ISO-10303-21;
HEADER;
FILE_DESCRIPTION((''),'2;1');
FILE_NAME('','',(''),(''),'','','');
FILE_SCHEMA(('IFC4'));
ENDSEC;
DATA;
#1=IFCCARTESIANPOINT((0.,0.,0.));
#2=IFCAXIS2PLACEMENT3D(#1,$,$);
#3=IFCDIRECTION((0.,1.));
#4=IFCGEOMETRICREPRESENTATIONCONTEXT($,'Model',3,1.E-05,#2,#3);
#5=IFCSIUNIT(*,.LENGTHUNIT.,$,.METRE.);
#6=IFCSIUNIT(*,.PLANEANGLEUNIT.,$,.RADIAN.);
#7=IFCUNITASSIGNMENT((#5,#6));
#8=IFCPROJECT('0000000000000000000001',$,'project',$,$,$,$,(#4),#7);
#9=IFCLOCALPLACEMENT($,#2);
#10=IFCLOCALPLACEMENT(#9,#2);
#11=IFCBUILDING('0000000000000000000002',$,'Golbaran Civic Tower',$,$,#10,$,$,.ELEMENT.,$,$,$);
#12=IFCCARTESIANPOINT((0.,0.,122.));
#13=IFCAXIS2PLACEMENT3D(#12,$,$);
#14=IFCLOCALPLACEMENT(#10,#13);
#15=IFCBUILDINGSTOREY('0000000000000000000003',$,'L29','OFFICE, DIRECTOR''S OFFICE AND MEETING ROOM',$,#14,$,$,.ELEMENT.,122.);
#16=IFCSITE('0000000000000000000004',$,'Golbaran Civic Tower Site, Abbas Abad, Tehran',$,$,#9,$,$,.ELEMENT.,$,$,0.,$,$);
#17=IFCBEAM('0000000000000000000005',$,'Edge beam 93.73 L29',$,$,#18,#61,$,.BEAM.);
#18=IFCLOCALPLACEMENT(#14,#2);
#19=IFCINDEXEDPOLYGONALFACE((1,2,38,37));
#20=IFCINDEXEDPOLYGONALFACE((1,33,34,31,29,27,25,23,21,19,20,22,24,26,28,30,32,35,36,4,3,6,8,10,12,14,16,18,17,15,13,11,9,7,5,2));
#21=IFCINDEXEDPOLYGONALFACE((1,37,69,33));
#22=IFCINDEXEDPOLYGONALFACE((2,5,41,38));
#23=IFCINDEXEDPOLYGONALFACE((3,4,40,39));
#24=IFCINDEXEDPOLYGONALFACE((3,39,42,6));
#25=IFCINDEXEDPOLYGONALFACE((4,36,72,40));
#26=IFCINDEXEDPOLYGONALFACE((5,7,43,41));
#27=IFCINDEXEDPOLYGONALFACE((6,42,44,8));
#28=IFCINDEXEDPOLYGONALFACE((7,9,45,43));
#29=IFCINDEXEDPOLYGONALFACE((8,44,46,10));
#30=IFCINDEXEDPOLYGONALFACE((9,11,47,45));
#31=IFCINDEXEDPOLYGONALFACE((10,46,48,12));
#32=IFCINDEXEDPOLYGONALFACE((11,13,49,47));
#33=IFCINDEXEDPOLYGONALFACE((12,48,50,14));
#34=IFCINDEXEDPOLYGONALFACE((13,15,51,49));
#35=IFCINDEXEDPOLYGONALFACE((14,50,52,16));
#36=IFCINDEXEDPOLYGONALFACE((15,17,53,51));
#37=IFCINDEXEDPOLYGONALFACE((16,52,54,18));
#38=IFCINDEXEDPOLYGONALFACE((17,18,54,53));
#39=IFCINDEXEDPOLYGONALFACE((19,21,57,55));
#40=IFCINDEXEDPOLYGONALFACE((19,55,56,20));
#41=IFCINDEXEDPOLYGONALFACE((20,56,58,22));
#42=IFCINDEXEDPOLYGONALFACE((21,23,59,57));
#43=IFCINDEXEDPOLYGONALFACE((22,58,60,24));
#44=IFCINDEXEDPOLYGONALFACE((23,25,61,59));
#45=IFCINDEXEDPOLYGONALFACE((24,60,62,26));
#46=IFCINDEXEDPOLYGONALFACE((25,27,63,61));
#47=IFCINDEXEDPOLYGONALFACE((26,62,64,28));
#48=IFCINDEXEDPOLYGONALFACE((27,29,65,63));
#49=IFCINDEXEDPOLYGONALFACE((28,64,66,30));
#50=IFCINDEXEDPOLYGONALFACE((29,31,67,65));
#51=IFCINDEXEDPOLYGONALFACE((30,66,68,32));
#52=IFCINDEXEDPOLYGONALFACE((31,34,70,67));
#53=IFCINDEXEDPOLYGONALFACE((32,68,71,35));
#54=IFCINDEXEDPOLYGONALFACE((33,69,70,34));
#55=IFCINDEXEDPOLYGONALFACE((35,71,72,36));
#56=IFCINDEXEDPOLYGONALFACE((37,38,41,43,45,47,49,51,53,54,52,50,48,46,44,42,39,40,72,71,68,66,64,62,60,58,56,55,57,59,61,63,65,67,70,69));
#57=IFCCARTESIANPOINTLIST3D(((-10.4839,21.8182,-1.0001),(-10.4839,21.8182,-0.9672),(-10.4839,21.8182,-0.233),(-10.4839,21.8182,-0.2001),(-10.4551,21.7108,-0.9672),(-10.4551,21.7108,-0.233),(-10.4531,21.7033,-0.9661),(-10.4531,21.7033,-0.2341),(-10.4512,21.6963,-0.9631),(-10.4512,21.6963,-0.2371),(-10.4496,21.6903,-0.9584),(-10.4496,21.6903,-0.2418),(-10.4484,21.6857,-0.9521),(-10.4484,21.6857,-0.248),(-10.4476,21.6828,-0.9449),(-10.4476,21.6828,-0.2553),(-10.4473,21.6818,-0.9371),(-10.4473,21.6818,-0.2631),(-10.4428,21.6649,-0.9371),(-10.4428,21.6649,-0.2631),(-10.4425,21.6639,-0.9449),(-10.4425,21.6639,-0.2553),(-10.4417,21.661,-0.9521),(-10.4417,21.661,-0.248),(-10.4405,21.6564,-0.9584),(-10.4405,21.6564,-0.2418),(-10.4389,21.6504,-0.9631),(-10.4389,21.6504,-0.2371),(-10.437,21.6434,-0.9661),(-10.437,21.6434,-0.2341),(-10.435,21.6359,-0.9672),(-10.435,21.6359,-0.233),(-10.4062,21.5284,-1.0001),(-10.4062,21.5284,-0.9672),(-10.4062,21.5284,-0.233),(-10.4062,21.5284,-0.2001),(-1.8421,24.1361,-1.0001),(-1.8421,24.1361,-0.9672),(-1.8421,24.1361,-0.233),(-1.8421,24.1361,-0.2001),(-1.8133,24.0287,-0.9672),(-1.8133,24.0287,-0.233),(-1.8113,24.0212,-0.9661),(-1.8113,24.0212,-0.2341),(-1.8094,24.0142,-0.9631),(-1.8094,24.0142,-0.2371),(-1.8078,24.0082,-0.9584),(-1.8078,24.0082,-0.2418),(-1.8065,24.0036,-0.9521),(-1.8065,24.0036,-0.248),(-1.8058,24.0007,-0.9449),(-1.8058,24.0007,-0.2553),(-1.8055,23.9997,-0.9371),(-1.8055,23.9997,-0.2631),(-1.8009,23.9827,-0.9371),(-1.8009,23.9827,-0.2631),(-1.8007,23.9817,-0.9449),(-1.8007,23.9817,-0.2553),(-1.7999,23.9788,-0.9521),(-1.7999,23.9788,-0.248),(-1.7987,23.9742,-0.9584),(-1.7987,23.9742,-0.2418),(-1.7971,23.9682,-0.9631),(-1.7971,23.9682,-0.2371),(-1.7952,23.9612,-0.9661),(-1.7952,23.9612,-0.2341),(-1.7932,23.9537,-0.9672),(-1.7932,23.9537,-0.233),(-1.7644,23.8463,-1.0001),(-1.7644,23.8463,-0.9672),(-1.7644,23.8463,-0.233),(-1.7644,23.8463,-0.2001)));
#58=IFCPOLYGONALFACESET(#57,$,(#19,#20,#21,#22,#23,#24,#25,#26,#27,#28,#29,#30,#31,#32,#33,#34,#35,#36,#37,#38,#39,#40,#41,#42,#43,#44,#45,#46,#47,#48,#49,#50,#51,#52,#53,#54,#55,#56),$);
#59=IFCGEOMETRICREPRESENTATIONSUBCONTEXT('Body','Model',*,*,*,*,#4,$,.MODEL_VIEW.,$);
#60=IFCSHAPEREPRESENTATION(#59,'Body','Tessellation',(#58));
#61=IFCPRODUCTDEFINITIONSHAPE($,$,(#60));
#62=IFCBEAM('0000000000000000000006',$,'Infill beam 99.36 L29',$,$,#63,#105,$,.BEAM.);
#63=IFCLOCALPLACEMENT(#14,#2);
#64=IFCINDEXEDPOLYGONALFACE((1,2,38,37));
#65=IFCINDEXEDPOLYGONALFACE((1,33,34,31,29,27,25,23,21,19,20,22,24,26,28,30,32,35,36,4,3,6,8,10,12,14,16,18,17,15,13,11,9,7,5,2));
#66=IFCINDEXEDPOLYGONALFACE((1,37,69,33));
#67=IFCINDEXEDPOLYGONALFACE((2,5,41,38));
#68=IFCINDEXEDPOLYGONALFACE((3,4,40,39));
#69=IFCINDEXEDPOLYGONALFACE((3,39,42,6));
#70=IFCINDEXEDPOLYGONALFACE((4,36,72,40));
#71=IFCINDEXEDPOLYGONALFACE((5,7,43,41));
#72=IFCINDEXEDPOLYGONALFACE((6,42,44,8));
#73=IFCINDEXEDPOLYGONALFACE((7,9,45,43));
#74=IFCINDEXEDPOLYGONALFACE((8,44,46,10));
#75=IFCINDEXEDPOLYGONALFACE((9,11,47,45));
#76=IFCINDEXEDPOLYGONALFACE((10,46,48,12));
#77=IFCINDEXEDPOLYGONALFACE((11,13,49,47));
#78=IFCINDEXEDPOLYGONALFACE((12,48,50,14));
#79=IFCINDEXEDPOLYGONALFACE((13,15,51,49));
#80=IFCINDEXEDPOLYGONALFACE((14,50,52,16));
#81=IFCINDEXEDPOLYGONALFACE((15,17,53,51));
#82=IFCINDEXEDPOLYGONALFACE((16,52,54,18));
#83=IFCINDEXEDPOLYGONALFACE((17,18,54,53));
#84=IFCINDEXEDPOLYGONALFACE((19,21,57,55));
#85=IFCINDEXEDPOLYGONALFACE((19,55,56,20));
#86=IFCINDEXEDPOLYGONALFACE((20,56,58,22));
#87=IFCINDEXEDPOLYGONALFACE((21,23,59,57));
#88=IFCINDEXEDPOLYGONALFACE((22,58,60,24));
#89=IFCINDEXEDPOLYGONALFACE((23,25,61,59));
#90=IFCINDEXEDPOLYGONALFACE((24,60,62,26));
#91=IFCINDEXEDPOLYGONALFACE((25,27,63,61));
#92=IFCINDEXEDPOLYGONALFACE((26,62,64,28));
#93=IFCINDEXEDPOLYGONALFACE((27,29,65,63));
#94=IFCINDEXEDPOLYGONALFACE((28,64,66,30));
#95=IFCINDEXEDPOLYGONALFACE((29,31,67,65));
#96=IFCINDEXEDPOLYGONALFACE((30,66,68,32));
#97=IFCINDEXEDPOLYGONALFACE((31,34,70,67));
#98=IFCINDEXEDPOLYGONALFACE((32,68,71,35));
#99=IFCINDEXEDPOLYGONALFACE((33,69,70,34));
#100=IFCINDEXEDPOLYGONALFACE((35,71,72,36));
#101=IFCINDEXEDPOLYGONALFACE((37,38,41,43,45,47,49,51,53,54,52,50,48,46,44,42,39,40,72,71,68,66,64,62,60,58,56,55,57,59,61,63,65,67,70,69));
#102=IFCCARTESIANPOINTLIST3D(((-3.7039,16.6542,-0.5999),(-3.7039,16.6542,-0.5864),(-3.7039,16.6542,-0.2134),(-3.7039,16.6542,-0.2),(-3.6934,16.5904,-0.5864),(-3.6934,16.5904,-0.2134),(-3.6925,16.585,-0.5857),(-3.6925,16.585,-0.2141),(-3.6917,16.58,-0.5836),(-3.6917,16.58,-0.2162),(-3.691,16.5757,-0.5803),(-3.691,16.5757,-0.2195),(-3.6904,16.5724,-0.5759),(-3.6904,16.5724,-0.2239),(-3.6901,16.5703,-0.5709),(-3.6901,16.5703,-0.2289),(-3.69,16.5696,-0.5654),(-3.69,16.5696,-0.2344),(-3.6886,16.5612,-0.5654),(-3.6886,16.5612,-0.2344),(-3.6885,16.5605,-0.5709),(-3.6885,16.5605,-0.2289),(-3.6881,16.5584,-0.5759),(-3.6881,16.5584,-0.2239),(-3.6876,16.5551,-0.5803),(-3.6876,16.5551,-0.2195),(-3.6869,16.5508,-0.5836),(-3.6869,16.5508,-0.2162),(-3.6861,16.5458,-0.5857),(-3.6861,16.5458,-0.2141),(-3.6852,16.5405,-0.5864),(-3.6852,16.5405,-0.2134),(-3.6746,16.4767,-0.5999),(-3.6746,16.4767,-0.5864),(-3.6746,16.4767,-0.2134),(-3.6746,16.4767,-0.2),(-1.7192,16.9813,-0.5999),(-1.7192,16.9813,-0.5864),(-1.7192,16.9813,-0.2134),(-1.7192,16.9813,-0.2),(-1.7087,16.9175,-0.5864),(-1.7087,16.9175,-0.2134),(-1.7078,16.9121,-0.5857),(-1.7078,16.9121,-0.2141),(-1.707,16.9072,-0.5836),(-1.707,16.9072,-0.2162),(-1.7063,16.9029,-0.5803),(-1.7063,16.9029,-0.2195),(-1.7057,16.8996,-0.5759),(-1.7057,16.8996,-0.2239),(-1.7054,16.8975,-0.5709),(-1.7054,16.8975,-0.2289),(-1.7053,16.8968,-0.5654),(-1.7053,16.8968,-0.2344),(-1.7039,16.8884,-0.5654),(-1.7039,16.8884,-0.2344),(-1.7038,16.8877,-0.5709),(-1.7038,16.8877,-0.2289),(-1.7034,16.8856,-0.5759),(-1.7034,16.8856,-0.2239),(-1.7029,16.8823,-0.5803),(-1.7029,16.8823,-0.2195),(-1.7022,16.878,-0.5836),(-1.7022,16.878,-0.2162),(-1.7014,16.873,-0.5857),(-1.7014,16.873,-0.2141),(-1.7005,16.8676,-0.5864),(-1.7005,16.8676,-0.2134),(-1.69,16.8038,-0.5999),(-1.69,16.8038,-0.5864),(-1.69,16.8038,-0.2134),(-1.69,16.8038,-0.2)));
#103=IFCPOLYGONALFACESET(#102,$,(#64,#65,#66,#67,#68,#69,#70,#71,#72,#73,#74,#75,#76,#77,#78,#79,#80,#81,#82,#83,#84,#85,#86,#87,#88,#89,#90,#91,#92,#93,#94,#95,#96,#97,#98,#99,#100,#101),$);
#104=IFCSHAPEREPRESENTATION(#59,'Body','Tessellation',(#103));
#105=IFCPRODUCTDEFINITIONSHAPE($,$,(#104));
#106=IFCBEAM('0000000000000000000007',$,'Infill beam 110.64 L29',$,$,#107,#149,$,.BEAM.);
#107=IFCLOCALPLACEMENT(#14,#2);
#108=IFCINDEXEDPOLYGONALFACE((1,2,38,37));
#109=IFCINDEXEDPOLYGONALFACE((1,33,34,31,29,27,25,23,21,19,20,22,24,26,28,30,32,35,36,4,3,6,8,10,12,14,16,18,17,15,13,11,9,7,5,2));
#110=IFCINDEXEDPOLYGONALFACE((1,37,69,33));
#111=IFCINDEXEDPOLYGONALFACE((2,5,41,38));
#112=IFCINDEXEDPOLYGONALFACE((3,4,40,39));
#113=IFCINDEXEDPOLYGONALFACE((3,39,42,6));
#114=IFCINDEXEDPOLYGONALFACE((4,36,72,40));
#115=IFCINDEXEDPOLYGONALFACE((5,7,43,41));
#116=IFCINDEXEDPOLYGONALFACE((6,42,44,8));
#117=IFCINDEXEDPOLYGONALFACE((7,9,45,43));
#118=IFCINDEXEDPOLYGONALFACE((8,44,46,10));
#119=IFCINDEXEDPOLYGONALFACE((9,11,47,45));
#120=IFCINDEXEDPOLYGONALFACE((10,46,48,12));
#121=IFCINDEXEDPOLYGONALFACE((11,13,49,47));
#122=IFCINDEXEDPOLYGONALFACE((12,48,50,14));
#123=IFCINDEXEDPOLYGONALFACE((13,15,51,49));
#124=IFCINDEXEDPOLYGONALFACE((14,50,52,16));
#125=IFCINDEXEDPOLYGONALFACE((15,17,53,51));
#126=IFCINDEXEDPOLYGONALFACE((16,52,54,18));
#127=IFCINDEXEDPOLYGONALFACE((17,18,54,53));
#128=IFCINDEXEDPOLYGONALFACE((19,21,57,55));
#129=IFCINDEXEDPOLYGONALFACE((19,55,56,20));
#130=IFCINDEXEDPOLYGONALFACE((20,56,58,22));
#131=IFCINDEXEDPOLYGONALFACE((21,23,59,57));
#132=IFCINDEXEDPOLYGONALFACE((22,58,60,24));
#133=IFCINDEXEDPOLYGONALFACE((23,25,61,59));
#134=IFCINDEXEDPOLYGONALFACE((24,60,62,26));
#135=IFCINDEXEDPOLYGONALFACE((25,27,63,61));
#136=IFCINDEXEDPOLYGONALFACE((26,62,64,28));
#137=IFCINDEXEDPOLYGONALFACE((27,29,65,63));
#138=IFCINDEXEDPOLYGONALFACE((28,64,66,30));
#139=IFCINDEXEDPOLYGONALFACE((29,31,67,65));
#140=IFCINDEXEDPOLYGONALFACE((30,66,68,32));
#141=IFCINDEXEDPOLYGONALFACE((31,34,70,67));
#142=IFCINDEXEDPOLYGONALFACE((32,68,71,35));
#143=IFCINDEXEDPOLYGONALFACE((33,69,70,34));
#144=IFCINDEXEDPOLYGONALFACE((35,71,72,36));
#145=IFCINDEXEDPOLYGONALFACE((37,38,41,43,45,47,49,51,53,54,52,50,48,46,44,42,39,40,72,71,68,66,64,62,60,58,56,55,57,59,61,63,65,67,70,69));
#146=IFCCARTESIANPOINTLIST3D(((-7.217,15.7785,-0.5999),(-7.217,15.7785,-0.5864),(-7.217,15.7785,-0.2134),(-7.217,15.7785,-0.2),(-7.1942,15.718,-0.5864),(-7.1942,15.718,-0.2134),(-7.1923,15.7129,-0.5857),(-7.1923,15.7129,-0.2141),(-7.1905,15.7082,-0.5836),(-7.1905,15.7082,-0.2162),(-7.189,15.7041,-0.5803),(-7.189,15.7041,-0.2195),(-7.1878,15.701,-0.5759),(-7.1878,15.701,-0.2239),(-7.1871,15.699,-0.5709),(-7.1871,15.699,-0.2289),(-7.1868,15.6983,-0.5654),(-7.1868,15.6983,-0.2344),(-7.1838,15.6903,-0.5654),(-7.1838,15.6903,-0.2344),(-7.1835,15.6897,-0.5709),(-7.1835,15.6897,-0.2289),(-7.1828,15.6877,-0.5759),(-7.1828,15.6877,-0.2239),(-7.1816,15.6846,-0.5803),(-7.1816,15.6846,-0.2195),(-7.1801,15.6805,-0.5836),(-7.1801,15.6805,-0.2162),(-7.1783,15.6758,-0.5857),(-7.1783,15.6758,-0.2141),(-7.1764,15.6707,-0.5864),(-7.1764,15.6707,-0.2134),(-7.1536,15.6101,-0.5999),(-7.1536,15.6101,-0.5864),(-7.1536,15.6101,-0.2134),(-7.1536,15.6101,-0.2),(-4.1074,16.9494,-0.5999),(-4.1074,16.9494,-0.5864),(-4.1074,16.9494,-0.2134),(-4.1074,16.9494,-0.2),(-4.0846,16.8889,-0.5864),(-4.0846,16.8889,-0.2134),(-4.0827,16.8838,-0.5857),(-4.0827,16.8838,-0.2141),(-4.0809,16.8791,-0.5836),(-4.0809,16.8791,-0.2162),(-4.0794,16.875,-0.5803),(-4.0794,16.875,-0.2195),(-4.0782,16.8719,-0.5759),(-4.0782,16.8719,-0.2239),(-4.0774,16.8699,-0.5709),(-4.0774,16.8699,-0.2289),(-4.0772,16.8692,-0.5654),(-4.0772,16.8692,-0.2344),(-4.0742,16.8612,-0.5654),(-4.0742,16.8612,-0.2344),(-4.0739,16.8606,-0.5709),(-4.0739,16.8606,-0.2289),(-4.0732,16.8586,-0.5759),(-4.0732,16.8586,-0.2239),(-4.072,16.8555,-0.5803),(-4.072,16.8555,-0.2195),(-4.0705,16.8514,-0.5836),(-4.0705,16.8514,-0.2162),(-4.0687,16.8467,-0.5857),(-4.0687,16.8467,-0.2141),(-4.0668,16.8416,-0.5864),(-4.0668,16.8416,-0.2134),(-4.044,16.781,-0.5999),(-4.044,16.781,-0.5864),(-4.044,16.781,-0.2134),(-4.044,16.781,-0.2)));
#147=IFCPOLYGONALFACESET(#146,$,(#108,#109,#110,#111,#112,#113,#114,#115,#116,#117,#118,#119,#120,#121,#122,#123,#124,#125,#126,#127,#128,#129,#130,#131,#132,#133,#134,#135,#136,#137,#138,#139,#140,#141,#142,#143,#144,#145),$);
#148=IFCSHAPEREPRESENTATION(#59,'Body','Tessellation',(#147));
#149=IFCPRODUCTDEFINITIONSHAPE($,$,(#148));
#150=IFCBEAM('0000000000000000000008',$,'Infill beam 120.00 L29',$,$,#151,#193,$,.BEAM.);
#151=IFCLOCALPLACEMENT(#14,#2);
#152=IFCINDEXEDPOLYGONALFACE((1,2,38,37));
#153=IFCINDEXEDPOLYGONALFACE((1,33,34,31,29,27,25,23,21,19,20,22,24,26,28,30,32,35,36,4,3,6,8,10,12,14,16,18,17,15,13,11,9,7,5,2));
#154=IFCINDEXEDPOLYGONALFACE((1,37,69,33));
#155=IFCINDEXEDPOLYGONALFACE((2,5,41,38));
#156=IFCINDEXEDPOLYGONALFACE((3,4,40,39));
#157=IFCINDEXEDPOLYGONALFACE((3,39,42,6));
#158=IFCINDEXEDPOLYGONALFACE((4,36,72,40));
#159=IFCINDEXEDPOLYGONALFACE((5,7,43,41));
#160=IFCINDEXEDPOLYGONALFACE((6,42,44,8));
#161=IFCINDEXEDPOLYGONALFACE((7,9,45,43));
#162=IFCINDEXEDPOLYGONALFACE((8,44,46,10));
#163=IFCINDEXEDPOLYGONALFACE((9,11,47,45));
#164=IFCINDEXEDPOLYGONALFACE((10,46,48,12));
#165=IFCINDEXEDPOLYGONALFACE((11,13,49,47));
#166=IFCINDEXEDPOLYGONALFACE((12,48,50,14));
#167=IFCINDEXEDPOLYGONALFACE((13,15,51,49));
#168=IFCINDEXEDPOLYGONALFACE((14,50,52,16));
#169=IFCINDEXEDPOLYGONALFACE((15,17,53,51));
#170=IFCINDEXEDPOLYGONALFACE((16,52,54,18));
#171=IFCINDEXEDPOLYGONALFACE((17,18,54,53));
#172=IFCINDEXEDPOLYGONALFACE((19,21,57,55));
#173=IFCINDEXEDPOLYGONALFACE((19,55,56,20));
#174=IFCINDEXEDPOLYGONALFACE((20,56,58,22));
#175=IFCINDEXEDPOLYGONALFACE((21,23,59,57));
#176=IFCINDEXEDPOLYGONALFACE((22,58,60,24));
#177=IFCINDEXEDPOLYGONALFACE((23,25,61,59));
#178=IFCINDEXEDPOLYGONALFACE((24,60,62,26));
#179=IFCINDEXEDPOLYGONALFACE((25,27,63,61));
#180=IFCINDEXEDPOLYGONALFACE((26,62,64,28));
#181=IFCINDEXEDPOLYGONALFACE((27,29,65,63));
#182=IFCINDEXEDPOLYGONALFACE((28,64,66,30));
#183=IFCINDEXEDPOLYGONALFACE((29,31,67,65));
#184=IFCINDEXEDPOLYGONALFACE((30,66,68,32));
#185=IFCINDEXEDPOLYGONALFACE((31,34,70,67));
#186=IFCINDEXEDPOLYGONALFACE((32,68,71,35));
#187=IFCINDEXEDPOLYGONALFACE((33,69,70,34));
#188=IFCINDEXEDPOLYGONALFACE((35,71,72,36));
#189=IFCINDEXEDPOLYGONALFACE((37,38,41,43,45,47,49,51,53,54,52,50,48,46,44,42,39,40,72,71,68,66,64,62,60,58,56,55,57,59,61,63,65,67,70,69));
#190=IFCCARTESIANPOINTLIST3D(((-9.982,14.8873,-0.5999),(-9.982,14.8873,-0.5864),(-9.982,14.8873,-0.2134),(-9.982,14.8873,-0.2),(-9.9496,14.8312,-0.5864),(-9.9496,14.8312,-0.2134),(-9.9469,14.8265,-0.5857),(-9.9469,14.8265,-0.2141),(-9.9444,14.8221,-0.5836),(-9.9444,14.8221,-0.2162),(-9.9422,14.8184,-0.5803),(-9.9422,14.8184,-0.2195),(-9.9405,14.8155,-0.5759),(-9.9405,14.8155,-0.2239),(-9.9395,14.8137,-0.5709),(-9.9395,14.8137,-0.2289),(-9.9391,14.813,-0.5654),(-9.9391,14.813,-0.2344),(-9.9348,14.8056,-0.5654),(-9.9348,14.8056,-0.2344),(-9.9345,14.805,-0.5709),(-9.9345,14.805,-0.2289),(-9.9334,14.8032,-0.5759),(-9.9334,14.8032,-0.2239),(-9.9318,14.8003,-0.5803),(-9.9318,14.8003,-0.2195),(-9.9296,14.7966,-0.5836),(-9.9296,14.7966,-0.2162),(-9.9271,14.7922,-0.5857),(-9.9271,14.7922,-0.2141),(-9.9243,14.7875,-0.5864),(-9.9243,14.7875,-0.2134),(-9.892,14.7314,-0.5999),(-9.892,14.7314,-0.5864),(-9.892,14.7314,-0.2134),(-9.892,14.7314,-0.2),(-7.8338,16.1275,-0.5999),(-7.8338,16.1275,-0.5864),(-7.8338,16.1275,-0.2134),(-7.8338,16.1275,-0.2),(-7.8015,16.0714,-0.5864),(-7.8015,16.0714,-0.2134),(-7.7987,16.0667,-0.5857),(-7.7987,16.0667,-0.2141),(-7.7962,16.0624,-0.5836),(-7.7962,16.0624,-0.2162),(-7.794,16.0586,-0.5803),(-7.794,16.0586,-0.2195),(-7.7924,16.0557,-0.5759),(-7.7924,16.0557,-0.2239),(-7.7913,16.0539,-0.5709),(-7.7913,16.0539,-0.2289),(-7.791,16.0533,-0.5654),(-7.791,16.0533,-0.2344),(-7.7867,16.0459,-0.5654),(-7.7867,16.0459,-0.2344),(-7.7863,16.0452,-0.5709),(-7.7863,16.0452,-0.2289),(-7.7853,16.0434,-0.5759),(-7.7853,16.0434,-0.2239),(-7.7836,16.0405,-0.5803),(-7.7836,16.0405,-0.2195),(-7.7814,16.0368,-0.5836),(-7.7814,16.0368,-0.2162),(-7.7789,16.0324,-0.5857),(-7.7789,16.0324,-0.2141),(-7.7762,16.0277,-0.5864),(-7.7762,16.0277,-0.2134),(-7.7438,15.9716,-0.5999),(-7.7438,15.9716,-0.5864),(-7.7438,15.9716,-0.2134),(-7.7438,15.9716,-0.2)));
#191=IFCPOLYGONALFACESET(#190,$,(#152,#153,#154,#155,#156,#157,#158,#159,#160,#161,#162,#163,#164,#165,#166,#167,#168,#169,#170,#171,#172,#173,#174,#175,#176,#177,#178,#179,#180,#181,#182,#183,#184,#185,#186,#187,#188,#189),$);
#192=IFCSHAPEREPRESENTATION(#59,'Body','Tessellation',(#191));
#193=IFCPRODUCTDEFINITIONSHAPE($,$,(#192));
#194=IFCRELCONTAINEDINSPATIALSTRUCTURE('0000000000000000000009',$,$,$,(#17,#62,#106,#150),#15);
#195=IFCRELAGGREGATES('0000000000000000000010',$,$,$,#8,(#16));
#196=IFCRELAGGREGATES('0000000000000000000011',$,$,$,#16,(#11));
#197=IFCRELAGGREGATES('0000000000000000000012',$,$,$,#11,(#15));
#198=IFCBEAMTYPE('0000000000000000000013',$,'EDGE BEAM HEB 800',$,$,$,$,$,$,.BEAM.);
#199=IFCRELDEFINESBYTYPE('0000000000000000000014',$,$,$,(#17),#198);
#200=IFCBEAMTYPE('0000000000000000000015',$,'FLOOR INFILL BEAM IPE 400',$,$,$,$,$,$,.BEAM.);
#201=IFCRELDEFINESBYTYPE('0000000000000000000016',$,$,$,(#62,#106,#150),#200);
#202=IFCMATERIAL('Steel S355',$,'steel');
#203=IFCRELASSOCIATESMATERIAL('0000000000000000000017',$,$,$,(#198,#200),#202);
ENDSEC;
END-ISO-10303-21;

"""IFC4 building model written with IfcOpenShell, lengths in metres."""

from ifc_helpers import new_model, si_unit, direction, frame, origin, origin_2d, place, context, subcontext, project, spatial, i_section, extrude, material, material_profile, profile_set, type_object, element, save


model = new_model("IFC4")

# Units and contexts
model_context = context("Model", 3, precision=1e-05, world=origin(), true_north=direction((0.0, 1.0)))
body_context = subcontext(model_context, "Body", "Model", "MODEL_VIEW")
ifc_project = project(units=[si_unit("LENGTHUNIT", "METRE"), si_unit("PLANEANGLEUNIT", "RADIAN")], contexts=[model_context])

# Site, building, storey
site_placement = place(None, origin())
site = spatial("IfcSite", under=ifc_project, at=site_placement, Name="Golbaran Civic Tower Site, Abbas Abad, Tehran", CompositionType="ELEMENT", RefElevation=0.0)
building_placement = place(site_placement, origin())
building = spatial("IfcBuilding", under=site, at=building_placement, Name="Golbaran Civic Tower", CompositionType="ELEMENT")
storey_placement = place(building_placement, frame((0.0, 0.0, 122.0)))
storey = spatial("IfcBuildingStorey", under=building, at=storey_placement, Name="L29", Description="OFFICE, DIRECTOR'S OFFICE AND MEETING ROOM", CompositionType="ELEMENT", Elevation=122.0)

# Beams
ifc_material_1 = material(Name="Steel S355", Category="steel")
ifc_material_profile_1 = material_profile(ifc_material_1, i_section(OverallWidth=0.3, OverallDepth=0.8, WebThickness=0.0176, FlangeThickness=0.033, FilletRadius=0.03, at=origin_2d()), Name="HEB 800")
ifc_profile_set_1 = profile_set([ifc_material_profile_1], Name="Steel S355")
beam_type_1 = type_object("IfcBeamType", Name="EDGE BEAM HEB 800", PredefinedType="BEAM", material=ifc_profile_set_1)
beam_1_placement = place(storey_placement, frame((-1.8032, 23.9912, -0.6001), z_axis=(-0.965862, -0.259058, 0.0), x_axis=(0.259058, -0.965862, 0.0)))
element("IfcBeam", 1, at=beam_1_placement, inside=storey, type_object=beam_type_1, Name="Edge beam 93.73 L29", PredefinedType="BEAM", context=body_context, shape_type="SweptSolid", body=[
    extrude(i_section(OverallWidth=0.3, OverallDepth=0.8, WebThickness=0.0176, FlangeThickness=0.033, FilletRadius=0.03, at=origin_2d()), origin(), (0.0, 0.0, 1.0), 8.9473),
])
ifc_material_profile_2 = material_profile(ifc_material_1, i_section(OverallWidth=0.1799, OverallDepth=0.3999, WebThickness=0.0085, FlangeThickness=0.0134, FilletRadius=0.021, at=origin_2d()), Name="IPE 400")
ifc_profile_set_2 = profile_set([ifc_material_profile_2], Name="Steel S355")
beam_type_2 = type_object("IfcBeamType", Name="FLOOR INFILL BEAM IPE 400", PredefinedType="BEAM", material=ifc_profile_set_2)
beam_2_placement = place(storey_placement, frame((-1.7046, 16.8926, -0.3999), z_axis=(-0.986684, -0.162647, 0.0), x_axis=(0.162647, -0.986684, 0.0)))
element("IfcBeam", 2, at=beam_2_placement, inside=storey, type_object=beam_type_2, Name="Infill beam 99.36 L29", PredefinedType="BEAM", context=body_context, shape_type="SweptSolid", body=[
    extrude(i_section(OverallWidth=0.1799, OverallDepth=0.3999, WebThickness=0.0085, FlangeThickness=0.0134, FilletRadius=0.021, at=origin_2d()), origin(), (0.0, 0.0, 1.0), 2.0115),
])
beam_3_placement = place(storey_placement, frame((-4.0757, 16.8652, -0.3999), z_axis=(-0.935854, -0.352387, 0.0), x_axis=(0.352387, -0.935854, 0.0)))
element("IfcBeam", 3, at=beam_3_placement, inside=storey, type_object=beam_type_2, Name="Infill beam 110.64 L29", PredefinedType="BEAM", context=body_context, shape_type="SweptSolid", body=[
    extrude(i_section(OverallWidth=0.1799, OverallDepth=0.3999, WebThickness=0.0085, FlangeThickness=0.0134, FilletRadius=0.021, at=origin_2d()), origin(), (0.0, 0.0, 1.0), 3.3228),
])
beam_4_placement = place(storey_placement, frame((-7.7888, 16.0496, -0.3999), z_axis=(-0.86603, -0.499992, 0.0), x_axis=(0.499992, -0.86603, 0.0)))
element("IfcBeam", 4, at=beam_4_placement, inside=storey, type_object=beam_type_2, Name="Infill beam 120.00 L29", PredefinedType="BEAM", context=body_context, shape_type="SweptSolid", body=[
    extrude(i_section(OverallWidth=0.1799, OverallDepth=0.3999, WebThickness=0.0085, FlangeThickness=0.0134, FilletRadius=0.021, at=origin_2d()), origin(), (0.0, 0.0, 1.0), 2.4805),
])

save(model, "model.ifc")
